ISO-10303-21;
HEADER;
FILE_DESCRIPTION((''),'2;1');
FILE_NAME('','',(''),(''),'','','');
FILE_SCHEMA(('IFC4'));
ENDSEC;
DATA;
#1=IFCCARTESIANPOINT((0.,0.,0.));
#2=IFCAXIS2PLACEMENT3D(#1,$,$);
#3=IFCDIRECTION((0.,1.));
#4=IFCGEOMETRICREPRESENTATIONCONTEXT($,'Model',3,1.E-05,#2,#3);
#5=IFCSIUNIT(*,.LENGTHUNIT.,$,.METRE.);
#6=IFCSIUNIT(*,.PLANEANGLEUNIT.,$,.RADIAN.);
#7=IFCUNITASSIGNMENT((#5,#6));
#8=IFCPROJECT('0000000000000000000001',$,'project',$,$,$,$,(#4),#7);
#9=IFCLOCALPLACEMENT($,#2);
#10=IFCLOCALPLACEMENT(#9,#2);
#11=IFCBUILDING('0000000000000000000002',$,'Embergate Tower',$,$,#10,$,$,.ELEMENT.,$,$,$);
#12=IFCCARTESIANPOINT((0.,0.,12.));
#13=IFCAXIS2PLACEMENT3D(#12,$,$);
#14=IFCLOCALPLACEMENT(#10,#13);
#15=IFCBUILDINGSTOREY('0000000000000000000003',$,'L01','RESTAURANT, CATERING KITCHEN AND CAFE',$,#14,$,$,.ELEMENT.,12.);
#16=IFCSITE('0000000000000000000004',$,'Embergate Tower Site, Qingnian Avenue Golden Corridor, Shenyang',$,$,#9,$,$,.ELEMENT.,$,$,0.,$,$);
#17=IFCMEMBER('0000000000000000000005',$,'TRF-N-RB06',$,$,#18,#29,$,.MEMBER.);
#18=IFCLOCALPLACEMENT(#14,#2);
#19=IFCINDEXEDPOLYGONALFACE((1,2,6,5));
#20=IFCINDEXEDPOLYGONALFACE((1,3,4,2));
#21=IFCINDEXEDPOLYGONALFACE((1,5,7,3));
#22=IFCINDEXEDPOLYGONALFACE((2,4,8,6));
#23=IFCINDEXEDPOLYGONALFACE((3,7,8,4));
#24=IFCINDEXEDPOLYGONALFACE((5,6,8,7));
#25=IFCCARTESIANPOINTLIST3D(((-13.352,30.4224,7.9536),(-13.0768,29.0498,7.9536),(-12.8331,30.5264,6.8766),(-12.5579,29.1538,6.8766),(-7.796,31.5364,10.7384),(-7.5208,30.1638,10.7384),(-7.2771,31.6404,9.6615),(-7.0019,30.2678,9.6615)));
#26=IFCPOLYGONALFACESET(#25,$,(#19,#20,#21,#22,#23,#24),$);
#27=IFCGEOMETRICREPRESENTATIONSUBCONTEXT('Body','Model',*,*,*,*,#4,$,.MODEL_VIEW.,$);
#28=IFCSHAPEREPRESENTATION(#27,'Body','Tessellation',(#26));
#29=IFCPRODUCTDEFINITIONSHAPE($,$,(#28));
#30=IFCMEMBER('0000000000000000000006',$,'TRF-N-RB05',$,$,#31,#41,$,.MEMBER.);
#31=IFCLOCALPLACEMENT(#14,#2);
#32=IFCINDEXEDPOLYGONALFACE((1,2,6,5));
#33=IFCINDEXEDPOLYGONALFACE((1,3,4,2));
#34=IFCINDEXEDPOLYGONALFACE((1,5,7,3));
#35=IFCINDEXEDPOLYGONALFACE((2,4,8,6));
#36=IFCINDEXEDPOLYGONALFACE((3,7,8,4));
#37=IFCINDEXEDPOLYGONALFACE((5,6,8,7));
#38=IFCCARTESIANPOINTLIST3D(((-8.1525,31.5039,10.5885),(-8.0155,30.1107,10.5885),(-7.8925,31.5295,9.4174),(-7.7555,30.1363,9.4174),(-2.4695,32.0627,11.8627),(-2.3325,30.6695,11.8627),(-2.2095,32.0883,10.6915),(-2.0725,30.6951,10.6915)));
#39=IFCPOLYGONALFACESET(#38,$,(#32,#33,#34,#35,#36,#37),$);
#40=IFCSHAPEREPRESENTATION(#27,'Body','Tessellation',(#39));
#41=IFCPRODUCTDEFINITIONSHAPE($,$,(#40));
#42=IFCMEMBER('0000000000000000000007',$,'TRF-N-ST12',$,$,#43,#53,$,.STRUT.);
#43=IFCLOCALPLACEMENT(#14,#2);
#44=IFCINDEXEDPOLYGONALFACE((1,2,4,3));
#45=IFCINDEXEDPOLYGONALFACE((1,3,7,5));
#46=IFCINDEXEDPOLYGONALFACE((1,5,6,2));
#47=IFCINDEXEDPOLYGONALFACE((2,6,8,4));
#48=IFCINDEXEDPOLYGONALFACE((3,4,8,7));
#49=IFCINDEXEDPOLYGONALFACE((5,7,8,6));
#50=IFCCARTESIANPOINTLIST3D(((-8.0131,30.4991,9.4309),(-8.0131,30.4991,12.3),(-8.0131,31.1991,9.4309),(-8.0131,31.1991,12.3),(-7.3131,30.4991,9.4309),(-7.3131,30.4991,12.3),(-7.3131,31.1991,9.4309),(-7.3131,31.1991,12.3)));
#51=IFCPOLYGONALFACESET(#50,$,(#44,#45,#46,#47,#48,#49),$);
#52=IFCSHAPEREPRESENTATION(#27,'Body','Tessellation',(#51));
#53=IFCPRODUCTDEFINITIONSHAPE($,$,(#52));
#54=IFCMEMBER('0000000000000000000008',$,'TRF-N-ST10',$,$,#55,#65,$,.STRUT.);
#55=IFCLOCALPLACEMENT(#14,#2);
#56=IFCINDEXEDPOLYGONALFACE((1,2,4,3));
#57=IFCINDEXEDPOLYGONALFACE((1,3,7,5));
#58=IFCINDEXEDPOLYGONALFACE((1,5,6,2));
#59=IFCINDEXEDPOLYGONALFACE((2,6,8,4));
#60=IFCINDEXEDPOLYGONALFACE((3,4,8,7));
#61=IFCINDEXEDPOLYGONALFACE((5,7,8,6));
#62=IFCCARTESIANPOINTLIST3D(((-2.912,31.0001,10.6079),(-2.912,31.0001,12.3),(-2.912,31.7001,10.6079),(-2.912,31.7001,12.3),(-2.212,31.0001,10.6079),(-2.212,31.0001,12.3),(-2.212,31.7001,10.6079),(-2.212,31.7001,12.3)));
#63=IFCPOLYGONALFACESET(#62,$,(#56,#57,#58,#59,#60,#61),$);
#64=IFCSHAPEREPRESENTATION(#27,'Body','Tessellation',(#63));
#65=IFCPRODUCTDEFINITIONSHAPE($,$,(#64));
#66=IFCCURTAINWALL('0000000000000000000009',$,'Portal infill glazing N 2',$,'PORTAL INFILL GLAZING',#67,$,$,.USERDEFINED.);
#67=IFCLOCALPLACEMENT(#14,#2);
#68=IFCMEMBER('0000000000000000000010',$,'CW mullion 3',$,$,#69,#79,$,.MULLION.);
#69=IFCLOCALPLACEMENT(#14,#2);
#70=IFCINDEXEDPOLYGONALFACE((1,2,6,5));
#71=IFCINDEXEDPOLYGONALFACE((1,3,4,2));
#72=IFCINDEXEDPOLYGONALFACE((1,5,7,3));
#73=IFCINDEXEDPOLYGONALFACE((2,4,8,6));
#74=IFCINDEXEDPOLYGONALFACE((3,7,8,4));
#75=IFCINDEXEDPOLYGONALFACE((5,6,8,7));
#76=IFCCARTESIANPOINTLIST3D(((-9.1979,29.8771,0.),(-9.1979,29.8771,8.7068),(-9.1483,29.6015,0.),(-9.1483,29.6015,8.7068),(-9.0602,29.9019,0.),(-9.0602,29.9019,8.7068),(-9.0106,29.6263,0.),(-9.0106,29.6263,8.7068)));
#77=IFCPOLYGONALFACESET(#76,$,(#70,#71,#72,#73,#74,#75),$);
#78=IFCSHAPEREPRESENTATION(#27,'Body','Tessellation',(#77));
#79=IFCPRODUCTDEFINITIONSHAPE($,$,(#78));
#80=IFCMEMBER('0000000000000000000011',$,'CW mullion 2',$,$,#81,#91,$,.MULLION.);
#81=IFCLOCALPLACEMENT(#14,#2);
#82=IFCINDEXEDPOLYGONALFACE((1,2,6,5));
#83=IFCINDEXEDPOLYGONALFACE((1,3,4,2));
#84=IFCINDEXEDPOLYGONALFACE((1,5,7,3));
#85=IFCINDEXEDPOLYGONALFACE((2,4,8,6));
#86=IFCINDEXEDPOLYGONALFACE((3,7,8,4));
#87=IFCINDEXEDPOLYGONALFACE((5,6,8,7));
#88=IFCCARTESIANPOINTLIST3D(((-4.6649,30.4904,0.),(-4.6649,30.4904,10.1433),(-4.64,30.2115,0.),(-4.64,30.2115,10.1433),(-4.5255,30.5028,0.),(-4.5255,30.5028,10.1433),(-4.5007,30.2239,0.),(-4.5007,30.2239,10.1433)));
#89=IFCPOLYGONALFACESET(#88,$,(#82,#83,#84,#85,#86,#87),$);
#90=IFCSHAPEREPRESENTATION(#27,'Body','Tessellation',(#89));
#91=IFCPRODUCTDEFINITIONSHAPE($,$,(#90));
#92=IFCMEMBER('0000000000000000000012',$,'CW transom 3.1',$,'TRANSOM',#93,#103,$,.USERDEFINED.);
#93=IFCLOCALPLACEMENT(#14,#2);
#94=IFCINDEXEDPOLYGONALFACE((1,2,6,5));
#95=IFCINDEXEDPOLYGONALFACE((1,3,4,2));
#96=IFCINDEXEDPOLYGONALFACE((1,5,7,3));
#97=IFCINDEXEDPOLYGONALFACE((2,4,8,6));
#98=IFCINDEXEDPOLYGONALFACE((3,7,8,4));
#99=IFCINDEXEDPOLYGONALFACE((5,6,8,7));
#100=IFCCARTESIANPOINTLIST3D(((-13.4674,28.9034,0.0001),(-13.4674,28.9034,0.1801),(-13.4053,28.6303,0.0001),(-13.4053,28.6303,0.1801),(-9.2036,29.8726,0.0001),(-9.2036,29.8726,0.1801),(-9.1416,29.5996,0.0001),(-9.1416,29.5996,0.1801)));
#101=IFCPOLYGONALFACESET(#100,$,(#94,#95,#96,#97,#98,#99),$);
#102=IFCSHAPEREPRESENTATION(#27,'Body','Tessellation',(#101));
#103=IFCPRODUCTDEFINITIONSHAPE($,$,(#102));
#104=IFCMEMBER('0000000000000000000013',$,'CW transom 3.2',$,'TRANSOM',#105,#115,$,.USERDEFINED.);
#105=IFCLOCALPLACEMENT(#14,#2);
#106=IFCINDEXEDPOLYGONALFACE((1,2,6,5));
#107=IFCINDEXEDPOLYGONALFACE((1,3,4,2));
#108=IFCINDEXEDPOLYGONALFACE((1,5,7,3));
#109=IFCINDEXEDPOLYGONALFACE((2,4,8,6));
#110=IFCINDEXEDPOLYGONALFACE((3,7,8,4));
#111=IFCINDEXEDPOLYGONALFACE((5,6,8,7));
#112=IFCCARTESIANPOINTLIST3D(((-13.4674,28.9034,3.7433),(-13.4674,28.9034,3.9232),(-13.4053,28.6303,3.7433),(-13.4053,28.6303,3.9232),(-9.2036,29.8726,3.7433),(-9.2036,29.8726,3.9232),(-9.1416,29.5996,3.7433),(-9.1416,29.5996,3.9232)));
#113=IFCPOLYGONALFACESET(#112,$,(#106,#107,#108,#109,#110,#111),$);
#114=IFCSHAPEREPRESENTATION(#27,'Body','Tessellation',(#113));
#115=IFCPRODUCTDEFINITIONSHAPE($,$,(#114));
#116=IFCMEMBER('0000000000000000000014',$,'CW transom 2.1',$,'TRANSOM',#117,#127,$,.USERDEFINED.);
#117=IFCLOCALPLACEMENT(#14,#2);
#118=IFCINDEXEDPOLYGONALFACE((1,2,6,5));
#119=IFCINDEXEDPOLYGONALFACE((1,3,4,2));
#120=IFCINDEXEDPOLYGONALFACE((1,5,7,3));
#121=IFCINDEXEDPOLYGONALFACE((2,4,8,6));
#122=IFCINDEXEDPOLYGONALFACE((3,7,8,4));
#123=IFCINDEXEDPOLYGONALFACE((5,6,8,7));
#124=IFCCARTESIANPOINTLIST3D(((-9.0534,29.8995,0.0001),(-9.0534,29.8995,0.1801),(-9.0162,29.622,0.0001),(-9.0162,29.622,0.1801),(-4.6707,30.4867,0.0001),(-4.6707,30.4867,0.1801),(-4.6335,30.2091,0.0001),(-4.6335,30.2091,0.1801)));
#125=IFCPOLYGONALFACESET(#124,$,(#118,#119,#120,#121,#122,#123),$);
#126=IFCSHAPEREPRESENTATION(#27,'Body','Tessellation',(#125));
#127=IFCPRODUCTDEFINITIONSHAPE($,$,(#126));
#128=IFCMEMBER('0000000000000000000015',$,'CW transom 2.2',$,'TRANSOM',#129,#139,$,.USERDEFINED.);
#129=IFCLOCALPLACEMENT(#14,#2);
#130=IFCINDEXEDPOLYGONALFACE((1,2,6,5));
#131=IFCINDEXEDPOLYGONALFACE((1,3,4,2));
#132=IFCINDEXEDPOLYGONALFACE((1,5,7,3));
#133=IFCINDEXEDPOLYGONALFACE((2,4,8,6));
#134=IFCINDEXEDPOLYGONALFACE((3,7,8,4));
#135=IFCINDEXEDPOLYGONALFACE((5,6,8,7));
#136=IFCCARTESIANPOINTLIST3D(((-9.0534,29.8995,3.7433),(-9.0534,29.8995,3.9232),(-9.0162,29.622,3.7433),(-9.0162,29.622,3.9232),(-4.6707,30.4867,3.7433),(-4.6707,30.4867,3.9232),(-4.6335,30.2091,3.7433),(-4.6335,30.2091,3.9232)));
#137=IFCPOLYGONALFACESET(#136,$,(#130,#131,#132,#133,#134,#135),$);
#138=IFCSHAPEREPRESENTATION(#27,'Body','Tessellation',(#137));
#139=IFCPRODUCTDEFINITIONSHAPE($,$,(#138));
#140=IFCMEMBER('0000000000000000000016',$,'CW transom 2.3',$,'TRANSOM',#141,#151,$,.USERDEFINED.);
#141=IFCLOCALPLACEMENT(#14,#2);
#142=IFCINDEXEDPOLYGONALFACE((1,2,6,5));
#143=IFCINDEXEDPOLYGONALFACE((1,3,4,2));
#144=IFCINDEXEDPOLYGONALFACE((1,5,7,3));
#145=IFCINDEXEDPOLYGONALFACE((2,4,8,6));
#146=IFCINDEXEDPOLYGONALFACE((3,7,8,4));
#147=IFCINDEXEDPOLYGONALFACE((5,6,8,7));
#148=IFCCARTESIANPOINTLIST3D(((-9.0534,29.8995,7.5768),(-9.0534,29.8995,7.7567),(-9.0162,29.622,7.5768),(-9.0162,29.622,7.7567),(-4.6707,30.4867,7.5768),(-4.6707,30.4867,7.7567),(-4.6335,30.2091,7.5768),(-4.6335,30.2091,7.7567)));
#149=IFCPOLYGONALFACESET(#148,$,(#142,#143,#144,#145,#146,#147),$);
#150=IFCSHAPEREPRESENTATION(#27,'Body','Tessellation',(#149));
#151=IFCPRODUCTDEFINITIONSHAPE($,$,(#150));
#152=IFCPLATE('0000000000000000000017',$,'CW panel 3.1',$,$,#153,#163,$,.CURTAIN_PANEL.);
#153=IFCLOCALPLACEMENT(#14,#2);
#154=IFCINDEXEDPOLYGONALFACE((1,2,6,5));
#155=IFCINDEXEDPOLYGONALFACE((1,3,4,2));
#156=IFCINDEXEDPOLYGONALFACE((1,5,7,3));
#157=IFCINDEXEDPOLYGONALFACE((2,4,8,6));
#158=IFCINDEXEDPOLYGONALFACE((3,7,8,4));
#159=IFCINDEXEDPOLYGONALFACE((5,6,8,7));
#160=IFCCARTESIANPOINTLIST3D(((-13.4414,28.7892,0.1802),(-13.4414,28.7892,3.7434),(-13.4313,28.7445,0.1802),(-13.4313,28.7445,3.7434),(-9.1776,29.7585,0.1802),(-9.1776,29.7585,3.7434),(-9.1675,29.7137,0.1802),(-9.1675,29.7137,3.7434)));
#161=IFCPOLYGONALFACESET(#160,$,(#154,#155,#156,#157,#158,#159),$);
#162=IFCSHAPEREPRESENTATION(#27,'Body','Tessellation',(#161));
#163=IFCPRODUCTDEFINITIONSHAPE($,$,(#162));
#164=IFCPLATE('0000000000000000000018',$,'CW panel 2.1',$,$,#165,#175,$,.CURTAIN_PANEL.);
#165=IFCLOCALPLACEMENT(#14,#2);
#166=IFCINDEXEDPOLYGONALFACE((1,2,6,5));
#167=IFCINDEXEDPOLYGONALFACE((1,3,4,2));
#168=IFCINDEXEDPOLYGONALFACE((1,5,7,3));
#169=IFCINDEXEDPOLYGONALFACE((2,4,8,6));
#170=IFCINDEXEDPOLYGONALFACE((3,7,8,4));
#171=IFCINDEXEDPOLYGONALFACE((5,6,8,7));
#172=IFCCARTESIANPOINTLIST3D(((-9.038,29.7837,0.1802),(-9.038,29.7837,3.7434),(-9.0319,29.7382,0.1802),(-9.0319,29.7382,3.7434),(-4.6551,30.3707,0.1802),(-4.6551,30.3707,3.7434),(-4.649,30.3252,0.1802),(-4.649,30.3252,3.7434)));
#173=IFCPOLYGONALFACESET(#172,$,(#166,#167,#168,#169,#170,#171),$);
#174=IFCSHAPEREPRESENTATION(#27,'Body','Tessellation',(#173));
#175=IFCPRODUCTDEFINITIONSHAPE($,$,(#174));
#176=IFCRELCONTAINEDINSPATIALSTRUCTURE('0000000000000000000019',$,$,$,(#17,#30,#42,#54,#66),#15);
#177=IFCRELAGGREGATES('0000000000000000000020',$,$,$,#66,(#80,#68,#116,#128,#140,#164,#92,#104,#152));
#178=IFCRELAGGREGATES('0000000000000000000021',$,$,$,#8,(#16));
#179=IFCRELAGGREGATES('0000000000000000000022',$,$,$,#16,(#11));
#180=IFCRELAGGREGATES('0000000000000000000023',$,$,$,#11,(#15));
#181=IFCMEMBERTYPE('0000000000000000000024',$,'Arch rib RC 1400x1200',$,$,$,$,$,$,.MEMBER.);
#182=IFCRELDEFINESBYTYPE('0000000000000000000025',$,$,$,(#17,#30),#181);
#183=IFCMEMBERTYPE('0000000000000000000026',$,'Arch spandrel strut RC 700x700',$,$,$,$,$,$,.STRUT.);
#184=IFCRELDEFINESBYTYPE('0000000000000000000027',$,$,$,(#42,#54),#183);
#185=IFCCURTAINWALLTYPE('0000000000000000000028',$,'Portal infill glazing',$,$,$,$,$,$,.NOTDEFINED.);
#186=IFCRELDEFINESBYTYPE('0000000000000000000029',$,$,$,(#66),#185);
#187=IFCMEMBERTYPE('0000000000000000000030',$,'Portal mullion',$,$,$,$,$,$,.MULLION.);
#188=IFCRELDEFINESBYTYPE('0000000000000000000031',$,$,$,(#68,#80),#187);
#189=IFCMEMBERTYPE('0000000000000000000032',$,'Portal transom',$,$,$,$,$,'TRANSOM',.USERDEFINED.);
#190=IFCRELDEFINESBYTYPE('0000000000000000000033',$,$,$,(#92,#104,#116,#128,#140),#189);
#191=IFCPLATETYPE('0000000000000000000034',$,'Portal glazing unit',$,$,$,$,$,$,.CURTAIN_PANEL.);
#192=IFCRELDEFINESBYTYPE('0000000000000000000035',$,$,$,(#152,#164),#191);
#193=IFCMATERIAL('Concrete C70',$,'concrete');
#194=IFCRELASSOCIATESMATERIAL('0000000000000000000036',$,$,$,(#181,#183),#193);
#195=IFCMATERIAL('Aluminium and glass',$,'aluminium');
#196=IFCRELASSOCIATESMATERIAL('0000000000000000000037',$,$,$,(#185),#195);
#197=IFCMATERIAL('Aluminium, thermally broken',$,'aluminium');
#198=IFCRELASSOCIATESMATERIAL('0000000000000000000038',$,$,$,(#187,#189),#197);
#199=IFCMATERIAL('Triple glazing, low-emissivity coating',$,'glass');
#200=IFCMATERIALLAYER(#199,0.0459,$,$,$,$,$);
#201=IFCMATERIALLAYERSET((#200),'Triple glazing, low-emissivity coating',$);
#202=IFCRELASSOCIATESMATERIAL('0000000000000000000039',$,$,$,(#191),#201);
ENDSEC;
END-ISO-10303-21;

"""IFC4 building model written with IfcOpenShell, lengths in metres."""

from ifc_helpers import new_model, si_unit, direction, frame, origin, origin_2d, place, context, subcontext, project, spatial, rectangle, extrude, source, transform, mapped, material, layer, layer_set, material_profile, profile_set, type_object, element, aggregate, save


model = new_model("IFC4")

# Units and contexts
model_context = context("Model", 3, precision=1e-05, world=origin(), true_north=direction((0.0, 1.0)))
body_context = subcontext(model_context, "Body", "Model", "MODEL_VIEW")
ifc_project = project(units=[si_unit("LENGTHUNIT", "METRE"), si_unit("PLANEANGLEUNIT", "RADIAN")], contexts=[model_context])

# Site, building, storey
site_placement = place(None, origin())
site = spatial("IfcSite", under=ifc_project, at=site_placement, Name="Embergate Tower Site, Qingnian Avenue Golden Corridor, Shenyang", CompositionType="ELEMENT", RefElevation=0.0)
building_placement = place(site_placement, origin())
building = spatial("IfcBuilding", under=site, at=building_placement, Name="Embergate Tower", CompositionType="ELEMENT")
storey_placement = place(building_placement, frame((0.0, 0.0, 12.0)))
storey = spatial("IfcBuildingStorey", under=building, at=storey_placement, Name="L01", Description="RESTAURANT, CATERING KITCHEN AND CAFE", CompositionType="ELEMENT", Elevation=12.0)

# Members
ifc_material_1 = material(Name="Concrete C70", Category="concrete")
ifc_material_profile_1 = material_profile(ifc_material_1, rectangle(XDim=1.3999, YDim=1.2, at=origin_2d()), Name="RC 1400x1200")
ifc_profile_set_1 = profile_set([ifc_material_profile_1], Name="Concrete C70")
member_type_1 = type_object("IfcMemberType", Name="Arch rib RC 1400x1200", PredefinedType="MEMBER", material=ifc_profile_set_1)
shared_shape_1 = source(origin(), body_context, "Body", "SweptSolid", [
    extrude(rectangle(XDim=1.3999, YDim=1.2, at=origin_2d()), origin(), (0.0, 0.0, 1.0), 6.314),
])
member_1_placement = place(storey_placement, frame((-7.3989, 30.9021, 10.2), z_axis=(-0.879962, -0.176433, -0.441064), x_axis=(0.196588, -0.980486, 0.0)))
element("IfcMember", 1, at=member_1_placement, inside=storey, type_object=member_type_1, Name="TRF-N-RB06", PredefinedType="MEMBER", context=body_context, shape_type="MappedRepresentation", body=[
    mapped(shared_shape_1, transform((0.0, 0.0, 0.0))),
])
shared_shape_2 = source(origin(), body_context, "Body", "SweptSolid", [
    extrude(rectangle(XDim=1.3999, YDim=1.2, at=origin_2d()), origin(), (0.0, 0.0, 1.0), 5.8508),
])
member_2_placement = place(storey_placement, frame((-2.271, 31.3789, 11.2771), z_axis=(-0.971315, -0.095513, -0.217772), x_axis=(0.097861, -0.9952, 0.0)))
element("IfcMember", 2, at=member_2_placement, inside=storey, type_object=member_type_1, Name="TRF-N-RB05", PredefinedType="MEMBER", context=body_context, shape_type="MappedRepresentation", body=[
    mapped(shared_shape_2, transform((0.0, 0.0, 0.0))),
])
ifc_material_profile_2 = material_profile(ifc_material_1, rectangle(XDim=0.7, YDim=0.7, at=origin_2d()), Name="RC 700x700")
ifc_profile_set_2 = profile_set([ifc_material_profile_2], Name="Concrete C70")
member_type_2 = type_object("IfcMemberType", Name="Arch spandrel strut RC 700x700", PredefinedType="STRUT", material=ifc_profile_set_2)
shared_shape_3 = source(origin(), body_context, "Body", "SweptSolid", [
    extrude(rectangle(XDim=0.7, YDim=0.7, at=origin_2d()), origin(), (0.0, 0.0, 1.0), 2.8691),
])
member_3_placement = place(storey_placement, frame((-7.6631, 30.8491, 9.4309), z_axis=(0.0, 0.0, 1.0), x_axis=(1.0, 0.0, 0.0)))
element("IfcMember", 3, at=member_3_placement, inside=storey, type_object=member_type_2, Name="TRF-N-ST12", PredefinedType="STRUT", context=body_context, shape_type="MappedRepresentation", body=[
    mapped(shared_shape_3, transform((0.0, 0.0, 0.0))),
])
shared_shape_4 = source(origin(), body_context, "Body", "SweptSolid", [
    extrude(rectangle(XDim=0.7, YDim=0.7, at=origin_2d()), origin(), (0.0, 0.0, 1.0), 1.6921),
])
member_4_placement = place(storey_placement, frame((-2.562, 31.3501, 10.6079), z_axis=(0.0, 0.0, 1.0), x_axis=(1.0, 0.0, 0.0)))
element("IfcMember", 4, at=member_4_placement, inside=storey, type_object=member_type_2, Name="TRF-N-ST10", PredefinedType="STRUT", context=body_context, shape_type="MappedRepresentation", body=[
    mapped(shared_shape_4, transform((0.0, 0.0, 0.0))),
])

# Curtain wall, members, plates
ifc_material_2 = material(Name="Aluminium and glass", Category="aluminium")
curtain_wall_type = type_object("IfcCurtainWallType", Name="Portal infill glazing", PredefinedType="NOTDEFINED", material=ifc_material_2)
curtain_wall_placement = place(storey_placement, origin())
curtain_wall = element("IfcCurtainWall", 5, at=curtain_wall_placement, inside=storey, type_object=curtain_wall_type, Name="Portal infill glazing N 2", ObjectType="PORTAL INFILL GLAZING", PredefinedType="USERDEFINED")
ifc_material_3 = material(Name="Aluminium, thermally broken", Category="aluminium")
ifc_material_profile_3 = material_profile(ifc_material_3, rectangle(XDim=0.28, YDim=0.1399, at=origin_2d()), Name="AL 140x280")
ifc_profile_set_3 = profile_set([ifc_material_profile_3], Name="Aluminium, thermally broken")
member_type_3 = type_object("IfcMemberType", Name="Portal mullion", PredefinedType="MULLION", material=ifc_profile_set_3)
shared_shape_5 = source(origin(), body_context, "Body", "SweptSolid", [
    extrude(rectangle(XDim=0.28, YDim=0.1399, at=origin_2d()), origin(), (0.0, 0.0, 1.0), 8.7068),
])
member_5_placement = place(storey_placement, frame((-9.1042, 29.7517, 0.0), z_axis=(0.0, 0.0, 1.0), x_axis=(0.177147, -0.984184, 0.0)))
member_5 = element("IfcMember", 6, at=member_5_placement, type_object=member_type_3, Name="CW mullion 3", PredefinedType="MULLION", context=body_context, shape_type="MappedRepresentation", body=[
    mapped(shared_shape_5, transform((0.0, 0.0, 0.0))),
])
shared_shape_6 = source(origin(), body_context, "Body", "SweptSolid", [
    extrude(rectangle(XDim=0.28, YDim=0.1399, at=origin_2d()), origin(), (0.0, 0.0, 1.0), 10.1433),
])
member_6_placement = place(storey_placement, frame((-4.5828, 30.3572, 0.0), z_axis=(0.0, 0.0, 1.0), x_axis=(0.08879, -0.99605, 0.0)))
member_6 = element("IfcMember", 7, at=member_6_placement, type_object=member_type_3, Name="CW mullion 2", PredefinedType="MULLION", context=body_context, shape_type="MappedRepresentation", body=[
    mapped(shared_shape_6, transform((0.0, 0.0, 0.0))),
])
ifc_material_profile_4 = material_profile(ifc_material_3, rectangle(XDim=0.28, YDim=0.1799, at=origin_2d()), Name="AL 180x280")
ifc_profile_set_4 = profile_set([ifc_material_profile_4], Name="Aluminium, thermally broken")
member_type_4 = type_object("IfcMemberType", Name="Portal transom", ElementType="TRANSOM", PredefinedType="USERDEFINED", material=ifc_profile_set_4)
shared_shape_7 = source(origin(), body_context, "Body", "SweptSolid", [
    extrude(rectangle(XDim=0.28, YDim=0.1799, at=origin_2d()), origin(), (0.0, 0.0, 1.0), 4.3726),
])
member_7_placement = place(storey_placement, frame((-9.1726, 29.7361, 0.0901), z_axis=(-0.975122, -0.221669, 0.0), x_axis=(0.221669, -0.975122, 0.0)))
member_7 = element("IfcMember", 8, at=member_7_placement, type_object=member_type_4, Name="CW transom 3.1", ObjectType="TRANSOM", PredefinedType="USERDEFINED", context=body_context, shape_type="MappedRepresentation", body=[
    mapped(shared_shape_7, transform((0.0, 0.0, 0.0))),
])
member_8_placement = place(storey_placement, frame((-9.1726, 29.7361, 3.8333), z_axis=(-0.975122, -0.221669, 0.0), x_axis=(0.221669, -0.975122, 0.0)))
member_8 = element("IfcMember", 9, at=member_8_placement, type_object=member_type_4, Name="CW transom 3.2", ObjectType="TRANSOM", PredefinedType="USERDEFINED", context=body_context, shape_type="MappedRepresentation", body=[
    mapped(shared_shape_7, transform((0.0, 0.0, 0.0))),
])
shared_shape_8 = source(origin(), body_context, "Body", "SweptSolid", [
    extrude(rectangle(XDim=0.28, YDim=0.1799, at=origin_2d()), origin(), (0.0, 0.0, 1.0), 4.4219),
])
member_9_placement = place(storey_placement, frame((-4.6521, 30.3479, 0.0901), z_axis=(-0.991145, -0.132782, 0.0), x_axis=(0.132782, -0.991145, 0.0)))
member_9 = element("IfcMember", 10, at=member_9_placement, type_object=member_type_4, Name="CW transom 2.1", ObjectType="TRANSOM", PredefinedType="USERDEFINED", context=body_context, shape_type="MappedRepresentation", body=[
    mapped(shared_shape_8, transform((0.0, 0.0, 0.0))),
])
member_10_placement = place(storey_placement, frame((-4.6521, 30.3479, 3.8333), z_axis=(-0.991145, -0.132782, 0.0), x_axis=(0.132782, -0.991145, 0.0)))
member_10 = element("IfcMember", 11, at=member_10_placement, type_object=member_type_4, Name="CW transom 2.2", ObjectType="TRANSOM", PredefinedType="USERDEFINED", context=body_context, shape_type="MappedRepresentation", body=[
    mapped(shared_shape_8, transform((0.0, 0.0, 0.0))),
])
member_11_placement = place(storey_placement, frame((-4.6521, 30.3479, 7.6667), z_axis=(-0.991145, -0.132782, 0.0), x_axis=(0.132782, -0.991145, 0.0)))
member_11 = element("IfcMember", 12, at=member_11_placement, type_object=member_type_4, Name="CW transom 2.3", ObjectType="TRANSOM", PredefinedType="USERDEFINED", context=body_context, shape_type="MappedRepresentation", body=[
    mapped(shared_shape_8, transform((0.0, 0.0, 0.0))),
])
ifc_material_4 = material(Name="Triple glazing, low-emissivity coating", Category="glass")
ifc_layer_1 = layer(ifc_material_4, 0.0459)
ifc_layer_set_1 = layer_set([ifc_layer_1], Name="Triple glazing, low-emissivity coating")
plate_type = type_object("IfcPlateType", Name="Portal glazing unit", PredefinedType="CURTAIN_PANEL", material=ifc_layer_set_1)
shared_shape_9 = source(origin(), body_context, "Body", "SweptSolid", [
    extrude(rectangle(XDim=4.3726, YDim=0.0459, at=origin_2d()), origin(), (0.0, 0.0, 1.0), 3.5632),
])
plate_1_placement = place(storey_placement, frame((-11.3044, 29.2515, 0.1802), z_axis=(0.0, 0.0, 1.0), x_axis=(-0.975124, -0.221659, 0.0)))
plate_1 = element("IfcPlate", 13, at=plate_1_placement, type_object=plate_type, Name="CW panel 3.1", PredefinedType="CURTAIN_PANEL", context=body_context, shape_type="MappedRepresentation", body=[
    mapped(shared_shape_9, transform((0.0, 0.0, 0.0))),
])
shared_shape_10 = source(origin(), body_context, "Body", "SweptSolid", [
    extrude(rectangle(XDim=4.4221, YDim=0.0459, at=origin_2d()), origin(), (0.0, 0.0, 1.0), 3.5632),
])
plate_2_placement = place(storey_placement, frame((-6.8435, 30.0544, 0.1802), z_axis=(0.0, 0.0, 1.0), x_axis=(-0.991148, -0.132758, 0.0)))
plate_2 = element("IfcPlate", 14, at=plate_2_placement, type_object=plate_type, Name="CW panel 2.1", PredefinedType="CURTAIN_PANEL", context=body_context, shape_type="MappedRepresentation", body=[
    mapped(shared_shape_10, transform((0.0, 0.0, 0.0))),
])
aggregate(curtain_wall, [member_6, member_5, member_9, member_10, member_11, plate_2, member_7, member_8, plate_1])

save(model, "model.ifc")
